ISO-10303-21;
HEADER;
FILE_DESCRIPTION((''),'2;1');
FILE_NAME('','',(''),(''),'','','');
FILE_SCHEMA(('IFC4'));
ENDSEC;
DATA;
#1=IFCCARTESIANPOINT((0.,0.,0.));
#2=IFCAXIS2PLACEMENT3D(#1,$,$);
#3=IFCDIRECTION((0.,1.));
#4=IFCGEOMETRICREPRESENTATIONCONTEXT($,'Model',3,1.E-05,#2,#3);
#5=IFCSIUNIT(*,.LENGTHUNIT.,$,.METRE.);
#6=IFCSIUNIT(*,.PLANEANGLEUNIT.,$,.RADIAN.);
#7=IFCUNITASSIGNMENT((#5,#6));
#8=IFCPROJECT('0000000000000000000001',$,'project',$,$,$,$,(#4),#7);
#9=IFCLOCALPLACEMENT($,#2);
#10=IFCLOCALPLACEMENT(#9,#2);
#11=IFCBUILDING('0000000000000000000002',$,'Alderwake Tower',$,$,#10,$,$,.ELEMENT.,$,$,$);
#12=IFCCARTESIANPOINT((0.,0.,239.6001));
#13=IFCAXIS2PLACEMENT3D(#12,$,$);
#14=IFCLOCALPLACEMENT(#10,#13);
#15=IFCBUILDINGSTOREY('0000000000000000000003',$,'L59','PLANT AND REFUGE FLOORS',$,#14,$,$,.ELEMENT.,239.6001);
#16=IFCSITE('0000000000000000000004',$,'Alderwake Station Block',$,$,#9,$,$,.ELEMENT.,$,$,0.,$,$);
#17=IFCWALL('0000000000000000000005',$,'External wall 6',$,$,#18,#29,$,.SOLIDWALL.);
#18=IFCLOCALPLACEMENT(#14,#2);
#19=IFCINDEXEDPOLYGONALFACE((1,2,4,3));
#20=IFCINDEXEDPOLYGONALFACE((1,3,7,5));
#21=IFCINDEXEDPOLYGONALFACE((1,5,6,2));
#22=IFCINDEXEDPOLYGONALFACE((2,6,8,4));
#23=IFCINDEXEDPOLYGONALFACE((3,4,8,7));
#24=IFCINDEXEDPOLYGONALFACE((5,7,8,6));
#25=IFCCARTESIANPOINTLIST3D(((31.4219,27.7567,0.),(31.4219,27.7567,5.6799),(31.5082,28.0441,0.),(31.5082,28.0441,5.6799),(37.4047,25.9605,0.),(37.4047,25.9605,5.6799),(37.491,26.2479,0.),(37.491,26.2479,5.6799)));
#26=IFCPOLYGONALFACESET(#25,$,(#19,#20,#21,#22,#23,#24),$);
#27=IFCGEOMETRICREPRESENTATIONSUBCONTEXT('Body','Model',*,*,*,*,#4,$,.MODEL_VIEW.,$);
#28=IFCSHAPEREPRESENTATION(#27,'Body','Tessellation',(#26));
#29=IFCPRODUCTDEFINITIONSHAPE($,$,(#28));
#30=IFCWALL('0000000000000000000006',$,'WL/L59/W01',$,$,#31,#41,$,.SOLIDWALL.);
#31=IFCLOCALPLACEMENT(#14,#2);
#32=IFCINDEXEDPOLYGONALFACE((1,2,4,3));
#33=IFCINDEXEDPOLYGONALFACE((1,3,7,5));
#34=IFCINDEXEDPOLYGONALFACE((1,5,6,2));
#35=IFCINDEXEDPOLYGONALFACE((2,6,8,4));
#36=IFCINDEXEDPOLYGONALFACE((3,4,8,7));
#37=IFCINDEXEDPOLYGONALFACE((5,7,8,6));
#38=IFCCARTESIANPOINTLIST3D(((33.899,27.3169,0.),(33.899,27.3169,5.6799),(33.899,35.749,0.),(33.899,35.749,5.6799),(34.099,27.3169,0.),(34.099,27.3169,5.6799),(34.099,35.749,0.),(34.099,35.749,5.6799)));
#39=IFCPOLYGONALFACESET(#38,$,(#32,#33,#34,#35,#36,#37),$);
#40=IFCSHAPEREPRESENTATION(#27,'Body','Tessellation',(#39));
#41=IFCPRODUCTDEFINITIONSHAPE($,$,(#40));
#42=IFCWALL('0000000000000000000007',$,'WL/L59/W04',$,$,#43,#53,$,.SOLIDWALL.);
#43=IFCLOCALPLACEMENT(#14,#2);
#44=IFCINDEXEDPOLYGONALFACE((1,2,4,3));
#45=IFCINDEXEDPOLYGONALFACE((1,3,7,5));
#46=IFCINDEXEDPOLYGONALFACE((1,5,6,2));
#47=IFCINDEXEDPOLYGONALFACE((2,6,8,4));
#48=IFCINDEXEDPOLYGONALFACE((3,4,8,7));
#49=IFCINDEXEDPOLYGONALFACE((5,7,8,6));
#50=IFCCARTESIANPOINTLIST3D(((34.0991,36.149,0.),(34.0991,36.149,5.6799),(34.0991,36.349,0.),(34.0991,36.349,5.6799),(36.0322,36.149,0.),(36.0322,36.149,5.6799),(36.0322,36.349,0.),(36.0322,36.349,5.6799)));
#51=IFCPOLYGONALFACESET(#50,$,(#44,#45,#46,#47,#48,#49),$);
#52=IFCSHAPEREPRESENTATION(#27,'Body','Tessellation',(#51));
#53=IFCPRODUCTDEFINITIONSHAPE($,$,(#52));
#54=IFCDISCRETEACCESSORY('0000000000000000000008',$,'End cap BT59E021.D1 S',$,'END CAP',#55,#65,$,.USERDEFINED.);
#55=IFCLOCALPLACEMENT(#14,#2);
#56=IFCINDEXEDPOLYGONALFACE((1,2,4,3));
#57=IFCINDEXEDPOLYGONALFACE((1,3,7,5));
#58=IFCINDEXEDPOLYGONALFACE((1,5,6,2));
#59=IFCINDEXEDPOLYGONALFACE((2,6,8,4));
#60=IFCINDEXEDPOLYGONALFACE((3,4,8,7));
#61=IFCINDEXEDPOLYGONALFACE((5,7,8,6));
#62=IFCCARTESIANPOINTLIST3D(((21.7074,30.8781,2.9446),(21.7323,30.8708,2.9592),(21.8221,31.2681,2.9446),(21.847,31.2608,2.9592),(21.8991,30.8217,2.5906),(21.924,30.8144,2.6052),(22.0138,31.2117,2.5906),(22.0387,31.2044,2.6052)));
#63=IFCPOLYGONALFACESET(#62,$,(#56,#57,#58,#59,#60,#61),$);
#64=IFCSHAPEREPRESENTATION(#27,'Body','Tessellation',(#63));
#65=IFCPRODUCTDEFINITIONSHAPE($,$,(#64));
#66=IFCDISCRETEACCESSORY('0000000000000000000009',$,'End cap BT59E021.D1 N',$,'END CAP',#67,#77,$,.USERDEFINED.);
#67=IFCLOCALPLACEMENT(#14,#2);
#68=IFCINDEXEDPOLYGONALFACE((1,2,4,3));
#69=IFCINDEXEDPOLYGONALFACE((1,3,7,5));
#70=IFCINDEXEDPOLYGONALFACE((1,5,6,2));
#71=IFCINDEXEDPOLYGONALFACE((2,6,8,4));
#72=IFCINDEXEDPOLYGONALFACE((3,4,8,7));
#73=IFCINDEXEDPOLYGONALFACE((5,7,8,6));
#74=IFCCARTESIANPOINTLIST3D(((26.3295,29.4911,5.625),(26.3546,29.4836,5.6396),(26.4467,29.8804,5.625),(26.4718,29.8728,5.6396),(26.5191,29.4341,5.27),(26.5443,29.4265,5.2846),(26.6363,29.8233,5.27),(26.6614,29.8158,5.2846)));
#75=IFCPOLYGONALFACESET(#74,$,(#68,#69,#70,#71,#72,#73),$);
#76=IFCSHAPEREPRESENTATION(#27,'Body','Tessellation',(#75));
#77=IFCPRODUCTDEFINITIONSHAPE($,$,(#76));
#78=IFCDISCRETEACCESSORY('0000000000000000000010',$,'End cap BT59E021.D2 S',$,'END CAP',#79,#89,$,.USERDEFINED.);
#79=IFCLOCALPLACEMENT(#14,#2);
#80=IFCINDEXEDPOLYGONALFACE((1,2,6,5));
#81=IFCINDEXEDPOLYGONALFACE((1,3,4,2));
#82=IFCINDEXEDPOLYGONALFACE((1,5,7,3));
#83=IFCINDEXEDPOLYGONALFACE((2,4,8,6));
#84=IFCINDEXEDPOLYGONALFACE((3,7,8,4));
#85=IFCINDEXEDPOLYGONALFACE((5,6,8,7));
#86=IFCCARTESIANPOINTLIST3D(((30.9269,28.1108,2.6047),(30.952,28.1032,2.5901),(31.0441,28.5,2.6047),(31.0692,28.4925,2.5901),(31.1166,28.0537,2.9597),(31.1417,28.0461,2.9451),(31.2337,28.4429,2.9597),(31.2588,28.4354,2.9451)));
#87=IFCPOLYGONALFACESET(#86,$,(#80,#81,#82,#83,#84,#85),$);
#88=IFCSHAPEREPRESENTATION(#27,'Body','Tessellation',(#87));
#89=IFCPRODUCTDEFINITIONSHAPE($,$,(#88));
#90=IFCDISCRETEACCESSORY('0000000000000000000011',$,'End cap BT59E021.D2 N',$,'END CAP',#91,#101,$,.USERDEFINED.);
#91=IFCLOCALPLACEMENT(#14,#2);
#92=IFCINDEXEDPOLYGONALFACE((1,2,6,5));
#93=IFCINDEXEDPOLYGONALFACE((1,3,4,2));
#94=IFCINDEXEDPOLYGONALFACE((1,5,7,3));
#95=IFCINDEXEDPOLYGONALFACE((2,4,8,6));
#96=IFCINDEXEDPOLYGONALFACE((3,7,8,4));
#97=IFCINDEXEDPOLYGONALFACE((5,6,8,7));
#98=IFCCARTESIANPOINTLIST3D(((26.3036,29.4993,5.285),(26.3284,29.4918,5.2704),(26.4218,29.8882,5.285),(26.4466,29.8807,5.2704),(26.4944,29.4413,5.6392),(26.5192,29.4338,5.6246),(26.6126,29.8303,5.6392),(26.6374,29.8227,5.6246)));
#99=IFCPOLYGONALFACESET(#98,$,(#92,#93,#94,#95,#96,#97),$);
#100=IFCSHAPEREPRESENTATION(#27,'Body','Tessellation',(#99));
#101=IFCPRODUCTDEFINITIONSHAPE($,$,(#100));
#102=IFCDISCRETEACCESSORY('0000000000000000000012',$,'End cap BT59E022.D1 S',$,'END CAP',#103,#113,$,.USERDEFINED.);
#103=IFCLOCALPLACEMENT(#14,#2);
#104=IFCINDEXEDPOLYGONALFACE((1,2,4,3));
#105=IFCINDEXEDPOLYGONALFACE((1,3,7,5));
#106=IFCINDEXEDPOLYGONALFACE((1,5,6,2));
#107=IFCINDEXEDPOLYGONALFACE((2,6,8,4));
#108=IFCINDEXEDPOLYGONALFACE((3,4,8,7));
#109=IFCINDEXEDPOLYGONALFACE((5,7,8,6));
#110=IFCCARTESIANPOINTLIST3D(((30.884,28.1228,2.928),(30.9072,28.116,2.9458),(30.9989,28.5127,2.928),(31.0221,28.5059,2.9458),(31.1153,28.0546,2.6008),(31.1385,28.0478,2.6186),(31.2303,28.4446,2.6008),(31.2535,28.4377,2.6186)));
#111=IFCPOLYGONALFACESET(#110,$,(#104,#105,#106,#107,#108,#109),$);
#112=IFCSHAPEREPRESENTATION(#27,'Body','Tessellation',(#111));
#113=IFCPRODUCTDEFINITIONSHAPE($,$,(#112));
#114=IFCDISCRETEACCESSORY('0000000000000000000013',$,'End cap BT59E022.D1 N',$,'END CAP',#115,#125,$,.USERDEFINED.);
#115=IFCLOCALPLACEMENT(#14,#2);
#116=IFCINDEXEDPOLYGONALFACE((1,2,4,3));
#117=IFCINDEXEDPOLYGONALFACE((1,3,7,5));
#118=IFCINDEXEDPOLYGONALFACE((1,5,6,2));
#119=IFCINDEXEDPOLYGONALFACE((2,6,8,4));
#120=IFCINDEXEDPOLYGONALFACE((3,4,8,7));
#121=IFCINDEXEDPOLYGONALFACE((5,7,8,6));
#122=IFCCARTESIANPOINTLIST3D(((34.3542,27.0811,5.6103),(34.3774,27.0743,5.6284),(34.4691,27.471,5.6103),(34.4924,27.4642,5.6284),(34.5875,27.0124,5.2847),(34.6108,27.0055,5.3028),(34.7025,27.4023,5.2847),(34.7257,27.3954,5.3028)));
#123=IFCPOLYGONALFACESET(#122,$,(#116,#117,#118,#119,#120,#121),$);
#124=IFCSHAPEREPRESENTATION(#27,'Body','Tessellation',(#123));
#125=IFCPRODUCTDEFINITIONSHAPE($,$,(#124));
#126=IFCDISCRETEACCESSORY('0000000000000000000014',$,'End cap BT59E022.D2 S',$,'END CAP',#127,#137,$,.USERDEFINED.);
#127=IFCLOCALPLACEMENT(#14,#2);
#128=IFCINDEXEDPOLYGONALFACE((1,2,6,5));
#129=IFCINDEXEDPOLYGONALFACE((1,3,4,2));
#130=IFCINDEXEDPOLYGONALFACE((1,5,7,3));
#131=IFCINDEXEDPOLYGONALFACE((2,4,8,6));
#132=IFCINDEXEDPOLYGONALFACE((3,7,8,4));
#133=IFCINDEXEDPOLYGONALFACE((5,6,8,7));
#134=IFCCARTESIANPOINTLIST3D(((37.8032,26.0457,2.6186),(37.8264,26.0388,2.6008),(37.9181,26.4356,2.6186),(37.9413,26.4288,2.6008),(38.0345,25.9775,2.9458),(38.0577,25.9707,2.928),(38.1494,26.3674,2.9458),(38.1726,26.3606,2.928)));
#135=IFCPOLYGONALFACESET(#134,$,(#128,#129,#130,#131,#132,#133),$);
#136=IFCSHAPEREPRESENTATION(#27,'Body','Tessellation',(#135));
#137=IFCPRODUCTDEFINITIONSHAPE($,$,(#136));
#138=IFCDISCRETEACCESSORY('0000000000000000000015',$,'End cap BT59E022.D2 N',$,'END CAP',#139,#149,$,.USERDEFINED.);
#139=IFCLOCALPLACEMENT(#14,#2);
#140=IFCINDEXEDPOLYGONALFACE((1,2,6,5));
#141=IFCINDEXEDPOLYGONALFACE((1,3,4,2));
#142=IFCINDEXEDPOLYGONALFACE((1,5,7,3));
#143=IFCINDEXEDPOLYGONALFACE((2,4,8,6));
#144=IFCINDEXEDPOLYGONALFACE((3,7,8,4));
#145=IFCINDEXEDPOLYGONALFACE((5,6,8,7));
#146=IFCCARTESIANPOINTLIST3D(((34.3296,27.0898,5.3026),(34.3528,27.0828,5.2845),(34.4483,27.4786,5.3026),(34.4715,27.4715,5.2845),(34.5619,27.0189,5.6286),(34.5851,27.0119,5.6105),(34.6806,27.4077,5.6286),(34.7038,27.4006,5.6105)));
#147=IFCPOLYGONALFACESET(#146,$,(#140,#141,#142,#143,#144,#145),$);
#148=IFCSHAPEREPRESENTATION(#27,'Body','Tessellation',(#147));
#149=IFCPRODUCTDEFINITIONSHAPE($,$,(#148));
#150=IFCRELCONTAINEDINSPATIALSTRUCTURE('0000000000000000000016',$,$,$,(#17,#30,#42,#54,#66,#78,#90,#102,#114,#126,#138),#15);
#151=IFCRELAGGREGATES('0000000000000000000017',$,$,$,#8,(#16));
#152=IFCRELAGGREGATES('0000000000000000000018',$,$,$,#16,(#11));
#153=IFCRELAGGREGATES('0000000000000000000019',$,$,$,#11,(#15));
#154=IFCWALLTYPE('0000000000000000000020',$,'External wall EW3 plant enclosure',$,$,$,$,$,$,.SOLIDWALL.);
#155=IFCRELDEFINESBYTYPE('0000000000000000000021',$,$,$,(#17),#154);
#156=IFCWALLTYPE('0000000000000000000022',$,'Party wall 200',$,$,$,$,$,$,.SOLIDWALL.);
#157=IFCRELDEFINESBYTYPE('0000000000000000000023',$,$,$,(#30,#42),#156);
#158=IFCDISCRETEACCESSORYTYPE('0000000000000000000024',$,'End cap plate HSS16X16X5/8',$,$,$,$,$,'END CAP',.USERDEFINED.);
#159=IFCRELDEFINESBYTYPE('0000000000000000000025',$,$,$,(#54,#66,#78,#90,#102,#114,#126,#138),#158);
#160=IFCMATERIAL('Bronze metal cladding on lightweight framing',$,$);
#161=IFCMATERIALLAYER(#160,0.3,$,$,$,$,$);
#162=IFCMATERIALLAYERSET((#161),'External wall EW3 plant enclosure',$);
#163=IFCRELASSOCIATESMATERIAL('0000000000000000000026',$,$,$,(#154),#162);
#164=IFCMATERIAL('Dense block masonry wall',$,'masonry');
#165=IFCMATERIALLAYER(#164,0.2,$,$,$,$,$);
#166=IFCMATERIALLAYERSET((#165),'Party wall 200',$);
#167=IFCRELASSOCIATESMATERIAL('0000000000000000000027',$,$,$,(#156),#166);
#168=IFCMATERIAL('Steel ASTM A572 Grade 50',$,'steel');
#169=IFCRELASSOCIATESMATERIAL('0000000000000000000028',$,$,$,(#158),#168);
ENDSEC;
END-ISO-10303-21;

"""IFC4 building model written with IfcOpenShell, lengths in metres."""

from ifc_helpers import new_model, si_unit, direction, frame, frame_2d, origin, origin_2d, place, context, subcontext, project, spatial, rectangle, extrude, material, layer, layer_set, material_profile, profile_set, type_object, element, save


model = new_model("IFC4")

# Units and contexts
model_context = context("Model", 3, precision=1e-05, world=origin(), true_north=direction((0.0, 1.0)))
body_context = subcontext(model_context, "Body", "Model", "MODEL_VIEW")
ifc_project = project(units=[si_unit("LENGTHUNIT", "METRE"), si_unit("PLANEANGLEUNIT", "RADIAN")], contexts=[model_context])

# Site, building, storey
site_placement = place(None, origin())
site = spatial("IfcSite", under=ifc_project, at=site_placement, Name="Alderwake Station Block", CompositionType="ELEMENT", RefElevation=0.0)
building_placement = place(site_placement, origin())
building = spatial("IfcBuilding", under=site, at=building_placement, Name="Alderwake Tower", CompositionType="ELEMENT")
storey_placement = place(building_placement, frame((0.0, 0.0, 239.6001)))
storey = spatial("IfcBuildingStorey", under=building, at=storey_placement, Name="L59", Description="PLANT AND REFUGE FLOORS", CompositionType="ELEMENT", Elevation=239.6001)

# Walls
ifc_material_1 = material(Name="Bronze metal cladding on lightweight framing")
ifc_layer_1 = layer(ifc_material_1, 0.3)
ifc_layer_set_1 = layer_set([ifc_layer_1], Name="External wall EW3 plant enclosure")
wall_type_1 = type_object("IfcWallType", Name="External wall EW3 plant enclosure", PredefinedType="SOLIDWALL", material=ifc_layer_set_1)
wall_1_placement = place(storey_placement, frame((31.4651, 27.9004, 0.0), z_axis=(0.0, 0.0, 1.0), x_axis=(0.957767, -0.287545, 0.0)))
element("IfcWall", 1, at=wall_1_placement, inside=storey, type_object=wall_type_1, Name="External wall 6", PredefinedType="SOLIDWALL", context=body_context, shape_type="SweptSolid", body=[
    extrude(rectangle(XDim=6.2466, YDim=0.3, at=frame_2d((3.1233, 0.0))), origin(), (0.0, 0.0, 1.0), 5.6799),
])
ifc_material_2 = material(Name="Dense block masonry wall", Category="masonry")
ifc_layer_2 = layer(ifc_material_2, 0.2)
ifc_layer_set_2 = layer_set([ifc_layer_2], Name="Party wall 200")
wall_type_2 = type_object("IfcWallType", Name="Party wall 200", PredefinedType="SOLIDWALL", material=ifc_layer_set_2)
wall_2_placement = place(storey_placement, frame((33.999, 35.749, 0.0), z_axis=(0.0, 0.0, 1.0), x_axis=(0.0, -1.0, 0.0)))
element("IfcWall", 2, at=wall_2_placement, inside=storey, type_object=wall_type_2, Name="WL/L59/W01", PredefinedType="SOLIDWALL", context=body_context, shape_type="SweptSolid", body=[
    extrude(rectangle(XDim=8.4321, YDim=0.2, at=frame_2d((4.2161, 0.0))), origin(), (0.0, 0.0, 1.0), 5.6799),
])
wall_3_placement = place(storey_placement, frame((36.0322, 36.249, 0.0), z_axis=(0.0, 0.0, 1.0), x_axis=(-1.0, 0.0, 0.0)))
element("IfcWall", 3, at=wall_3_placement, inside=storey, type_object=wall_type_2, Name="WL/L59/W04", PredefinedType="SOLIDWALL", context=body_context, shape_type="SweptSolid", body=[
    extrude(rectangle(XDim=1.9331, YDim=0.2, at=frame_2d((0.9666, 0.0))), origin(), (0.0, 0.0, 1.0), 5.6799),
])

# Discrete accessories
ifc_material_3 = material(Name="Steel ASTM A572 Grade 50", Category="steel")
ifc_material_profile_1 = material_profile(ifc_material_3, rectangle(XDim=0.4065, YDim=0.4065, at=origin_2d()), Name="HSS16X16X5/8 cap")
ifc_profile_set_1 = profile_set([ifc_material_profile_1], Name="Steel ASTM A572 Grade 50")
discrete_accessory_type = type_object("IfcDiscreteAccessoryType", Name="End cap plate HSS16X16X5/8", ElementType="END CAP", PredefinedType="USERDEFINED", material=ifc_profile_set_1)
discrete_accessory_1_placement = place(storey_placement, frame((21.8855, 31.0376, 2.7822), z_axis=(-0.835504, 0.245737, -0.491473), x_axis=(-0.282166, -0.959366, 0.0)))
element("IfcDiscreteAccessory", 4, at=discrete_accessory_1_placement, inside=storey, type_object=discrete_accessory_type, Name="End cap BT59E021.D1 S", ObjectType="END CAP", PredefinedType="USERDEFINED", context=body_context, shape_type="SweptSolid", body=[
    extrude(rectangle(XDim=0.4065, YDim=0.4065, at=origin_2d()), origin(), (0.0, 0.0, 1.0), 0.0298),
])
for number, where, z_axis, x_axis, name in (
    (5, (26.4829, 29.6572, 5.4475), (0.836266, -0.251692, 0.487145), (0.288201, 0.95757, 0.0), "End cap BT59E021.D1 N"),
    (6, (31.0803, 28.2769, 2.7822), (0.836266, -0.251692, -0.487145), (0.288201, 0.95757, 0.0), "End cap BT59E021.D2 S"),
):
    element("IfcDiscreteAccessory", number, at=place(storey_placement, frame(where, z_axis=z_axis, x_axis=x_axis)), inside=storey, type_object=discrete_accessory_type, Name=name, ObjectType="END CAP", PredefinedType="USERDEFINED", context=body_context, shape_type="SweptSolid", body=[
        extrude(rectangle(XDim=0.4065, YDim=0.4065, at=origin_2d()), origin(), (0.0, 0.0, 1.0), 0.03),
    ])
discrete_accessory_2_placement = place(storey_placement, frame((26.4829, 29.6572, 5.4475), z_axis=(-0.8338, 0.25341, 0.49047), x_axis=(-0.290788, -0.956787, 0.0)))
element("IfcDiscreteAccessory", 7, at=discrete_accessory_2_placement, inside=storey, type_object=discrete_accessory_type, Name="End cap BT59E021.D2 N", ObjectType="END CAP", PredefinedType="USERDEFINED", context=body_context, shape_type="SweptSolid", body=[
    extrude(rectangle(XDim=0.4065, YDim=0.4065, at=origin_2d()), origin(), (0.0, 0.0, 1.0), 0.0298),
])
discrete_accessory_3_placement = place(storey_placement, frame((31.0803, 28.2769, 2.7822), z_axis=(-0.772128, 0.227575, -0.593319), x_axis=(-0.282713, -0.959205, 0.0)))
element("IfcDiscreteAccessory", 8, at=discrete_accessory_3_placement, inside=storey, type_object=discrete_accessory_type, Name="End cap BT59E022.D1 S", ObjectType="END CAP", PredefinedType="USERDEFINED", context=body_context, shape_type="SweptSolid", body=[
    extrude(rectangle(XDim=0.4065, YDim=0.4065, at=origin_2d()), origin(), (0.0, 0.0, 1.0), 0.03),
])
discrete_accessory_4_placement = place(storey_placement, frame((34.5283, 27.2417, 5.4475), z_axis=(0.768406, -0.226478, 0.598548), x_axis=(0.282713, 0.959205, 0.0)))
element("IfcDiscreteAccessory", 9, at=discrete_accessory_4_placement, inside=storey, type_object=discrete_accessory_type, Name="End cap BT59E022.D1 N", ObjectType="END CAP", PredefinedType="USERDEFINED", context=body_context, shape_type="SweptSolid", body=[
    extrude(rectangle(XDim=0.4065, YDim=0.4065, at=origin_2d()), origin(), (0.0, 0.0, 1.0), 0.0303),
])
discrete_accessory_5_placement = place(storey_placement, frame((37.9763, 26.2065, 2.7822), z_axis=(0.772128, -0.227575, -0.593319), x_axis=(0.282713, 0.959205, 0.0)))
element("IfcDiscreteAccessory", 10, at=discrete_accessory_5_placement, inside=storey, type_object=discrete_accessory_type, Name="End cap BT59E022.D2 S", ObjectType="END CAP", PredefinedType="USERDEFINED", context=body_context, shape_type="SweptSolid", body=[
    extrude(rectangle(XDim=0.4065, YDim=0.4065, at=origin_2d()), origin(), (0.0, 0.0, 1.0), 0.03),
])
discrete_accessory_6_placement = place(storey_placement, frame((34.5283, 27.2417, 5.4475), z_axis=(-0.766977, 0.23413, 0.597435), x_axis=(-0.291963, -0.95643, 0.0)))
element("IfcDiscreteAccessory", 11, at=discrete_accessory_6_placement, inside=storey, type_object=discrete_accessory_type, Name="End cap BT59E022.D2 N", ObjectType="END CAP", PredefinedType="USERDEFINED", context=body_context, shape_type="SweptSolid", body=[
    extrude(rectangle(XDim=0.4065, YDim=0.4065, at=origin_2d()), origin(), (0.0, 0.0, 1.0), 0.0303),
])

save(model, "model.ifc")
